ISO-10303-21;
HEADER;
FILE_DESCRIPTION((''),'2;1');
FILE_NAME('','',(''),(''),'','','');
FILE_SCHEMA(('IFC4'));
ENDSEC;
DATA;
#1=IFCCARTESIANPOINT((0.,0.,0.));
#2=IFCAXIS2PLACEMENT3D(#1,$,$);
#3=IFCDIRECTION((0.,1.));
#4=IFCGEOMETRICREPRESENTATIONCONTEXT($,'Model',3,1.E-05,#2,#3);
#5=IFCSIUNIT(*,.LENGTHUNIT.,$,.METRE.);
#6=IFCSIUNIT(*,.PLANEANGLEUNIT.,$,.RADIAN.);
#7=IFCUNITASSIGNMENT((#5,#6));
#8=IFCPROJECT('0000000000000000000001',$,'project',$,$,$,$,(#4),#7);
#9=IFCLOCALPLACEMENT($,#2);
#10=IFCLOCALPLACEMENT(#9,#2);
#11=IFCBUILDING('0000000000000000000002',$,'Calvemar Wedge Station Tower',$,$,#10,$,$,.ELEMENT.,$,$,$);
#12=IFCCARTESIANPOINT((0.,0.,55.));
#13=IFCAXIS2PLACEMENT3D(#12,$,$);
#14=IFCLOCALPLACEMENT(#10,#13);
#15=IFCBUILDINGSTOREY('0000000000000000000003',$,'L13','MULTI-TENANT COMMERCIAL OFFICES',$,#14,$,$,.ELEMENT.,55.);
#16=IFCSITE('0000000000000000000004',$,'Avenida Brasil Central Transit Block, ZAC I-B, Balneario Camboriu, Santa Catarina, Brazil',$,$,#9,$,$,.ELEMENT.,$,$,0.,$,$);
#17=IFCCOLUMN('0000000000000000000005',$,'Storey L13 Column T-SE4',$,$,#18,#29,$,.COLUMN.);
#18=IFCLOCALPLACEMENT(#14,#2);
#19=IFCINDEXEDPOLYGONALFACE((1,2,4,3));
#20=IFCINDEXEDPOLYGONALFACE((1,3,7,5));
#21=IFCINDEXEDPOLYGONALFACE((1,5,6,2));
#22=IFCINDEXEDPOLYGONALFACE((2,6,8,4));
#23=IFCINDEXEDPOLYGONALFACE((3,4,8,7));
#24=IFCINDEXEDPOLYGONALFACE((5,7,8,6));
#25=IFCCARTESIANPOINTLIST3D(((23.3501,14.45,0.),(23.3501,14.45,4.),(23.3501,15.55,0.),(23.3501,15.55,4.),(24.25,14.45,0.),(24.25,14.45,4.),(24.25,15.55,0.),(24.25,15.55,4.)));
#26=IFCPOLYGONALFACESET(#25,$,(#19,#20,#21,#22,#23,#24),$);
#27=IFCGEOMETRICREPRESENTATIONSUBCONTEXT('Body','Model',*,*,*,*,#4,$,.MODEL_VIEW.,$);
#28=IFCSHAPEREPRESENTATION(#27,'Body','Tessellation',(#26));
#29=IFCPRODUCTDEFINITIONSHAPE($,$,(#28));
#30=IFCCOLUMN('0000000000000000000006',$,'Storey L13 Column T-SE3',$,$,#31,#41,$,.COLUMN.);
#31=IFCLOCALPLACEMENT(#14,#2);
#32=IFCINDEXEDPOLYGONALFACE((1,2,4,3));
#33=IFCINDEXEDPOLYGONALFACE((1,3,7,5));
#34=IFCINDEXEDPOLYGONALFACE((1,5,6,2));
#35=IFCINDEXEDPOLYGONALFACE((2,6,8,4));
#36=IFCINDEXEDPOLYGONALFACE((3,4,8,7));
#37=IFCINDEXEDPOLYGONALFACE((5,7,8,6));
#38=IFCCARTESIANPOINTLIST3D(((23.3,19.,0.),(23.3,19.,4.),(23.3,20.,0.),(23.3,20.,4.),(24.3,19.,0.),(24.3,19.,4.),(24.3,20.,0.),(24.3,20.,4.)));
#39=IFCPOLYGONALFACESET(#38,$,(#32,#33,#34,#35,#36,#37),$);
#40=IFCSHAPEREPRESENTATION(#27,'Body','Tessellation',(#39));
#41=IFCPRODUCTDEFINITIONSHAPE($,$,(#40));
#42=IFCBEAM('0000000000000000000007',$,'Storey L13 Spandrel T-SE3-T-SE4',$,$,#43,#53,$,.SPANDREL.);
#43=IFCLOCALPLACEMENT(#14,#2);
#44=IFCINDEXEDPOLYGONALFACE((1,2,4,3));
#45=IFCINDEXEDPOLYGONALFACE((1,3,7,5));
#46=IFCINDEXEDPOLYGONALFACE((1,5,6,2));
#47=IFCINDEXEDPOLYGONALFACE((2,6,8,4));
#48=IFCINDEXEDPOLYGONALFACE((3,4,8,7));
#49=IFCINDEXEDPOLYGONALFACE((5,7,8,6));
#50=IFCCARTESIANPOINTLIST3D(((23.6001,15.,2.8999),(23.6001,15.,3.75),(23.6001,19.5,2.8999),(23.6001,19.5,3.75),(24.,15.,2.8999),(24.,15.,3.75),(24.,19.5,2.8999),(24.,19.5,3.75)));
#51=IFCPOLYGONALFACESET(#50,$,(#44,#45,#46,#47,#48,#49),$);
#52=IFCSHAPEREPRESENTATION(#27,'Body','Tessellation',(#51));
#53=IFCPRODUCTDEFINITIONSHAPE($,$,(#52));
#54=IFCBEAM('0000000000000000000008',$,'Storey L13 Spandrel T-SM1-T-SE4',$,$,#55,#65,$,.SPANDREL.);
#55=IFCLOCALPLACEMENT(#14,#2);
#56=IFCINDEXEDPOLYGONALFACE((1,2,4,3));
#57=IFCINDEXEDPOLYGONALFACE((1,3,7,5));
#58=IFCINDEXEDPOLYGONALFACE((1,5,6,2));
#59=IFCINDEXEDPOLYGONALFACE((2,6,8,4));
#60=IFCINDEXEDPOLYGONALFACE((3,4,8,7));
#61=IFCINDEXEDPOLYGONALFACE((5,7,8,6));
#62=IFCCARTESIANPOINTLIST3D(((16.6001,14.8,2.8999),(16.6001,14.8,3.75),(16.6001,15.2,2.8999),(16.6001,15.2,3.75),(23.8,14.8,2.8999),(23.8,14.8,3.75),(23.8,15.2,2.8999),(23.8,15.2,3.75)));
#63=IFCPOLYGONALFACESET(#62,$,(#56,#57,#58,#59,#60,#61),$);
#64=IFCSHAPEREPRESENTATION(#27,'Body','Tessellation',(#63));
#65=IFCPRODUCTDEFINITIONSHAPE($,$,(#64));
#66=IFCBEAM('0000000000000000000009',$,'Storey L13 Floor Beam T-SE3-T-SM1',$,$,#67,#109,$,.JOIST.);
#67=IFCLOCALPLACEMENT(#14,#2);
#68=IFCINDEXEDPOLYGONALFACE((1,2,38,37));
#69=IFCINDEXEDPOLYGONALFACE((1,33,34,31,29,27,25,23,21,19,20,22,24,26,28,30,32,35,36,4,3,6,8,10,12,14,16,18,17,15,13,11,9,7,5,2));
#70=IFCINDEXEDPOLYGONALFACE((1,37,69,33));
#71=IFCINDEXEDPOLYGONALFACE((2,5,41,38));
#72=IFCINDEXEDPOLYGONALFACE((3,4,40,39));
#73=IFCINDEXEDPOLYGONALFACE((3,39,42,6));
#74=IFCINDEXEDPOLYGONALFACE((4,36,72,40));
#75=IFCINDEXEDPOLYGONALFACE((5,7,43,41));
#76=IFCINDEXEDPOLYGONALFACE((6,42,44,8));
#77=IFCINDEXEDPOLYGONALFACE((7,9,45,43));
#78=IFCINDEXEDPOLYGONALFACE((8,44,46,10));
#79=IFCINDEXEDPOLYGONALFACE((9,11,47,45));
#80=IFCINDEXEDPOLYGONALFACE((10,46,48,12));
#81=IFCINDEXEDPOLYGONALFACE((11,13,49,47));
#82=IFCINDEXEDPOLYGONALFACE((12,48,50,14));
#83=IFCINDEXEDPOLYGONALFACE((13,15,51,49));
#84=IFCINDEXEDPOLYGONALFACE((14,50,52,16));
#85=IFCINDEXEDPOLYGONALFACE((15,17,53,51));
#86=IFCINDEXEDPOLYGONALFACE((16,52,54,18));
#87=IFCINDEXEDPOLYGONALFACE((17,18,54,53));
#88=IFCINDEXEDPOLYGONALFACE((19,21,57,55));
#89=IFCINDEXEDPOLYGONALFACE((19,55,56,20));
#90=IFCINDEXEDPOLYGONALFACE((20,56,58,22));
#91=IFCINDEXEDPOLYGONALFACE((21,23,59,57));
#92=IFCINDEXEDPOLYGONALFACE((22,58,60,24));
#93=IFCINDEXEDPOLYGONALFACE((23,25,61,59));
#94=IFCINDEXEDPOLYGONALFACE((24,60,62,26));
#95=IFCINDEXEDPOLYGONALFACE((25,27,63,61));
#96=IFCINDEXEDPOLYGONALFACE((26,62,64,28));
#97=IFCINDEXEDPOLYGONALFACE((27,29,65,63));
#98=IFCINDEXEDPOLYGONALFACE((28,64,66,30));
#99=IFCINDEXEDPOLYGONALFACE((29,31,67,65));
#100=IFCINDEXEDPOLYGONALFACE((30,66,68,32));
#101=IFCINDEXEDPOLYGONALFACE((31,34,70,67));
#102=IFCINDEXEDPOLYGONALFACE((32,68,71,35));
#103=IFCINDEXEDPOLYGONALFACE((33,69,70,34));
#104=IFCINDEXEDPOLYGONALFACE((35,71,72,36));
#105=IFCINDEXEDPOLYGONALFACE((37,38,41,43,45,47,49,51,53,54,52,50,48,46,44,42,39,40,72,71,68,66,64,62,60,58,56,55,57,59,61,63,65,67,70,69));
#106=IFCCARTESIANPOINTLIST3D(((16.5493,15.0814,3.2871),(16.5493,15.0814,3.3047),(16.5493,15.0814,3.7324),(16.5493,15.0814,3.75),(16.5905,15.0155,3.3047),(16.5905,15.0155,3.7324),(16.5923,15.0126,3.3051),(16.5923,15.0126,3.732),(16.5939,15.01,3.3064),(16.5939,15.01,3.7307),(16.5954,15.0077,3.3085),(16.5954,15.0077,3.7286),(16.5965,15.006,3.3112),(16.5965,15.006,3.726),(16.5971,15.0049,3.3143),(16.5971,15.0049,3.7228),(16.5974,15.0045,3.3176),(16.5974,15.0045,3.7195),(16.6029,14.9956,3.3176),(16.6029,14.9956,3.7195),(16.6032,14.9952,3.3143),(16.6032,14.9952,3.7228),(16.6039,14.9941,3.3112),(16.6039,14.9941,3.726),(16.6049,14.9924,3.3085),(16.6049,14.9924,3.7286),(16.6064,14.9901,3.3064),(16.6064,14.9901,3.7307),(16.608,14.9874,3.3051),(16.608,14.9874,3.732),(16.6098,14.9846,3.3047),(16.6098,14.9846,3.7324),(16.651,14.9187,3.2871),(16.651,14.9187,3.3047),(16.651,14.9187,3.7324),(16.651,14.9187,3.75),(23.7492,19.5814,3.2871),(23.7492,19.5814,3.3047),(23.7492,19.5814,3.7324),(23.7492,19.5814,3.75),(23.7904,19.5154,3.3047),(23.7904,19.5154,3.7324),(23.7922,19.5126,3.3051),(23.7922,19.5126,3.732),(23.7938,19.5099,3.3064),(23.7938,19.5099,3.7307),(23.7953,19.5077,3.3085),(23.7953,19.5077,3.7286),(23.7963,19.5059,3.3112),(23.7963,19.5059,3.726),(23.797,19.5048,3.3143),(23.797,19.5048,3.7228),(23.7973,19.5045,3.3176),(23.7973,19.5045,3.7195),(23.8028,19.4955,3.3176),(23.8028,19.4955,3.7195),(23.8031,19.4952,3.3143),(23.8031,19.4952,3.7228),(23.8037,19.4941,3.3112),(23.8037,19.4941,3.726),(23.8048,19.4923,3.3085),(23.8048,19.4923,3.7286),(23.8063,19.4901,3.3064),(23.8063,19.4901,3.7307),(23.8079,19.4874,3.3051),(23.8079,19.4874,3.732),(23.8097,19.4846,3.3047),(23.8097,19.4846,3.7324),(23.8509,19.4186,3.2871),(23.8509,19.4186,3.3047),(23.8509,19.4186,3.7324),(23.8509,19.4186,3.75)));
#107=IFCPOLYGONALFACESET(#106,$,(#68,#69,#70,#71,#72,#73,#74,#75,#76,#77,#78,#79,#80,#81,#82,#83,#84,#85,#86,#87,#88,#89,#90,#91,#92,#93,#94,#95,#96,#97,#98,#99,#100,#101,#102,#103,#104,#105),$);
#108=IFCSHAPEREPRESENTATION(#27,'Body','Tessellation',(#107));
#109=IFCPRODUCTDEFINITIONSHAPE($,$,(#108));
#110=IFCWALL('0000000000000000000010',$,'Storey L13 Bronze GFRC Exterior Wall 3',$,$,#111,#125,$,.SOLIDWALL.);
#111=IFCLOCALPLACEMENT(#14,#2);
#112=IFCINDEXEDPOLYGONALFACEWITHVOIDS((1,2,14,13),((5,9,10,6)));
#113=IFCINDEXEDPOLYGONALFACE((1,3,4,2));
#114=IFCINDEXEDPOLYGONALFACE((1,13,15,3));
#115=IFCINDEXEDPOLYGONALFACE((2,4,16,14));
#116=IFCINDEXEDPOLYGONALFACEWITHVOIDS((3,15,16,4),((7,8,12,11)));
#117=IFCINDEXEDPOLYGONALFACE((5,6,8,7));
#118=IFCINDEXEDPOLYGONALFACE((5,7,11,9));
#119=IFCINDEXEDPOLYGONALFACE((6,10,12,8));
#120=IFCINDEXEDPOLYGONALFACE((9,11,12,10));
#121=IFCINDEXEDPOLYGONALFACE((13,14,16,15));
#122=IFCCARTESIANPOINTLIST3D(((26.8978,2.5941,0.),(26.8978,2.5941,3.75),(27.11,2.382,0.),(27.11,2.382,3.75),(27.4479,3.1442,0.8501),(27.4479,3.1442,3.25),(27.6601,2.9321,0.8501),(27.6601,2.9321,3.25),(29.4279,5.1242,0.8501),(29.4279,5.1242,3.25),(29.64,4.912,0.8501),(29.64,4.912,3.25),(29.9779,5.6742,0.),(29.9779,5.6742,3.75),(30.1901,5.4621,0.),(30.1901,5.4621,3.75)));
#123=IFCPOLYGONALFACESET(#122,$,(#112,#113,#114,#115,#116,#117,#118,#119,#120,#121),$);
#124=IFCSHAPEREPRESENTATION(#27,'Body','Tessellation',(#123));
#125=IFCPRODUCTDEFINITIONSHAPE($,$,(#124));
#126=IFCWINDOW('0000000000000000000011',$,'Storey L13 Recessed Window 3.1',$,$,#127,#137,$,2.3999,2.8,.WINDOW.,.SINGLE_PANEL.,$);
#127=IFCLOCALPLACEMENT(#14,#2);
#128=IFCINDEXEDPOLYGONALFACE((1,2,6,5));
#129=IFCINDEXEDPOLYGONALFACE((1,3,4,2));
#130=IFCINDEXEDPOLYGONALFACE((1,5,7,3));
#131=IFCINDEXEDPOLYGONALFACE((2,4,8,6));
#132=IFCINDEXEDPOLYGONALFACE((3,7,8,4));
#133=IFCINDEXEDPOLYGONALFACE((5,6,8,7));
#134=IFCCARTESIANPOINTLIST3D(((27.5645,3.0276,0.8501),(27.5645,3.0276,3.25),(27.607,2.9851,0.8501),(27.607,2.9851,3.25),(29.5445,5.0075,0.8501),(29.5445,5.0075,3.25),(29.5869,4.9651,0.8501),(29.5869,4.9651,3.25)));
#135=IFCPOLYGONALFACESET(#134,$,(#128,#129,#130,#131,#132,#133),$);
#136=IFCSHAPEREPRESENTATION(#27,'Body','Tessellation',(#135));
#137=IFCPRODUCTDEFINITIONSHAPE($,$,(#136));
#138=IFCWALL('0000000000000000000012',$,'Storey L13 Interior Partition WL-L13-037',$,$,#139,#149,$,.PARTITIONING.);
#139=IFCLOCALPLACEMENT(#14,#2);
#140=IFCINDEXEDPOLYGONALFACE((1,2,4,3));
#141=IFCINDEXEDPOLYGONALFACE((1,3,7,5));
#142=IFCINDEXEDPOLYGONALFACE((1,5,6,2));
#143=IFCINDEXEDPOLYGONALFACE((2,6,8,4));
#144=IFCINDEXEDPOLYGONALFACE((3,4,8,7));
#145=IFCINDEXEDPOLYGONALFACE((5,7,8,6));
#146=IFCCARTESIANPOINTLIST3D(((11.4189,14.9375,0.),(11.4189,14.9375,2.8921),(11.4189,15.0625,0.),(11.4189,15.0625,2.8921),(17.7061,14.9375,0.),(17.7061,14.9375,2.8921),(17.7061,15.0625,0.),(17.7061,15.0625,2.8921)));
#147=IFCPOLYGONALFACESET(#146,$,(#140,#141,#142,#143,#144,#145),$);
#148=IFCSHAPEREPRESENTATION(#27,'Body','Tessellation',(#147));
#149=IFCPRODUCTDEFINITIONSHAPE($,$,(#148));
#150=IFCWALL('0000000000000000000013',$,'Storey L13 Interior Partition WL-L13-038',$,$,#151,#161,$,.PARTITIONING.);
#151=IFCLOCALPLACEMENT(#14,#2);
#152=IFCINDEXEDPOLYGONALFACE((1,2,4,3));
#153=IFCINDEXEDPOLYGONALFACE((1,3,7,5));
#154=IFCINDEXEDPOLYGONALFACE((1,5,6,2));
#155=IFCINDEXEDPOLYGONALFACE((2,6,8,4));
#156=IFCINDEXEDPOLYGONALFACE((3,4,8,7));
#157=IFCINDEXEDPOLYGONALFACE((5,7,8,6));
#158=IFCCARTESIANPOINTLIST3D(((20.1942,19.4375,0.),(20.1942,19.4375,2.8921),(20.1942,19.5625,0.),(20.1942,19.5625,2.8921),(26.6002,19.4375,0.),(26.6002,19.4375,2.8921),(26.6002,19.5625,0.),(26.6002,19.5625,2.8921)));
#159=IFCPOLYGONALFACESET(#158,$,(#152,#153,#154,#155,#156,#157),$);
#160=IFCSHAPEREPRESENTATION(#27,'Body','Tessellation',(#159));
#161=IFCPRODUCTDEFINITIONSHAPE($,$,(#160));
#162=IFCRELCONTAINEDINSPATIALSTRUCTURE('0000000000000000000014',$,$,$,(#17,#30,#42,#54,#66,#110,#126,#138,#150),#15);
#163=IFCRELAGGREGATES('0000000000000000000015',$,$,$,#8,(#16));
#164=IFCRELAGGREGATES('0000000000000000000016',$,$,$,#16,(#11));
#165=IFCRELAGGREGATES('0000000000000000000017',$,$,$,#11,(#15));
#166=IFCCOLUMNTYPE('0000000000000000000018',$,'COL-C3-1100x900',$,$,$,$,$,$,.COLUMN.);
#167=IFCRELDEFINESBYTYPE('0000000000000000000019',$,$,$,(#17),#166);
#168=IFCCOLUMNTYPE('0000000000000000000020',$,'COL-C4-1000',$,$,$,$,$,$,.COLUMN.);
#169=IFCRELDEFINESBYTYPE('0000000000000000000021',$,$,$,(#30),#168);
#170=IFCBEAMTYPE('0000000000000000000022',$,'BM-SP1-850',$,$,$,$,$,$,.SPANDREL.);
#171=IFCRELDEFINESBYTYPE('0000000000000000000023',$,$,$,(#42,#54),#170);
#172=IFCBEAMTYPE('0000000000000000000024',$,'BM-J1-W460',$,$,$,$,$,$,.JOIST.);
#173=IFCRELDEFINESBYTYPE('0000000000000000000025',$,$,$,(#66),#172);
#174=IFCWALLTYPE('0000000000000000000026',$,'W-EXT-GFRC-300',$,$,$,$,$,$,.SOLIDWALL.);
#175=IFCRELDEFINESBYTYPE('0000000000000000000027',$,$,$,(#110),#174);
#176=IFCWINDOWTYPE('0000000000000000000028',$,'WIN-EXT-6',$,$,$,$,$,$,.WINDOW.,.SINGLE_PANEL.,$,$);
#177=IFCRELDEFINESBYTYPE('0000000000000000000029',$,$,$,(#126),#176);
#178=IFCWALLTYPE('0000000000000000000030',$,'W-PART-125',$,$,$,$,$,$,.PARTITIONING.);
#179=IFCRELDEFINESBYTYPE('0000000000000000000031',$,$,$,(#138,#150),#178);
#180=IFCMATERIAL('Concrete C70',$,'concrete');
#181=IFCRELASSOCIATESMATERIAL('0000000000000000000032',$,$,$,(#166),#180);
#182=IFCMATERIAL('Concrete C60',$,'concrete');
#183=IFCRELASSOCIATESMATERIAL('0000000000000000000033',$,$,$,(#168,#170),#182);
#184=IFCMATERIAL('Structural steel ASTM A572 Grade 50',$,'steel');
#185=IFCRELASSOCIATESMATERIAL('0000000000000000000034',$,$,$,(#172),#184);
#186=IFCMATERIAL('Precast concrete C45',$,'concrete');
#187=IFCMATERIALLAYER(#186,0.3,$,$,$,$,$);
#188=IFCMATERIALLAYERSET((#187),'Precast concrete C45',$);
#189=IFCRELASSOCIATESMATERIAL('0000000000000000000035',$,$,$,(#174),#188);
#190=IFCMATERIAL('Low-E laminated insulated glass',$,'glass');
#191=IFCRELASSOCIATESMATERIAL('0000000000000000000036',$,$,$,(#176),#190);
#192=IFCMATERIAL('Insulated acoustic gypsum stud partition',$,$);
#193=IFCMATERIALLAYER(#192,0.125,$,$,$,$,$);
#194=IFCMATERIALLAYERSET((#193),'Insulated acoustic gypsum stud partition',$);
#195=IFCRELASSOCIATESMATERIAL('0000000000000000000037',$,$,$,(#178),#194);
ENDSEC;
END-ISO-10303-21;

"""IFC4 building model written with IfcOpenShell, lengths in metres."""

from ifc_helpers import new_model, si_unit, direction, frame, frame_2d, origin, origin_2d, place, context, subcontext, project, spatial, rectangle, i_section, extrude, source, transform, mapped, material, layer, layer_set, material_profile, profile_set, type_object, element, fill, save


model = new_model("IFC4")

# Units and contexts
model_context = context("Model", 3, precision=1e-05, world=origin(), true_north=direction((0.0, 1.0)))
body_context = subcontext(model_context, "Body", "Model", "MODEL_VIEW")
ifc_project = project(units=[si_unit("LENGTHUNIT", "METRE"), si_unit("PLANEANGLEUNIT", "RADIAN")], contexts=[model_context])

# Site, building, storey
site_placement = place(None, origin())
site = spatial("IfcSite", under=ifc_project, at=site_placement, Name="Avenida Brasil Central Transit Block, ZAC I-B, Balneario Camboriu, Santa Catarina, Brazil", CompositionType="ELEMENT", RefElevation=0.0)
building_placement = place(site_placement, origin())
building = spatial("IfcBuilding", under=site, at=building_placement, Name="Calvemar Wedge Station Tower", CompositionType="ELEMENT")
storey_placement = place(building_placement, frame((0.0, 0.0, 55.0)))
storey = spatial("IfcBuildingStorey", under=building, at=storey_placement, Name="L13", Description="MULTI-TENANT COMMERCIAL OFFICES", CompositionType="ELEMENT", Elevation=55.0)

# Columns
ifc_material_1 = material(Name="Concrete C70", Category="concrete")
ifc_material_profile_1 = material_profile(ifc_material_1, rectangle(XDim=0.8999, YDim=1.1001, at=origin_2d()), Name="RC1100x900")
ifc_profile_set_1 = profile_set([ifc_material_profile_1], Name="Concrete C70")
column_type_1 = type_object("IfcColumnType", Name="COL-C3-1100x900", PredefinedType="COLUMN", material=ifc_profile_set_1)
shared_shape_1 = source(origin(), body_context, "Body", "SweptSolid", [
    extrude(rectangle(XDim=0.8999, YDim=1.1001, at=origin_2d()), origin(), (0.0, 0.0, 1.0), 4.0),
])
column_1_placement = place(storey_placement, frame((23.8, 15.0, 0.0), z_axis=(0.0, 0.0, 1.0), x_axis=(1.0, 0.0, 0.0)))
element("IfcColumn", 1, at=column_1_placement, inside=storey, type_object=column_type_1, Name="Storey L13 Column T-SE4", PredefinedType="COLUMN", context=body_context, shape_type="MappedRepresentation", body=[
    mapped(shared_shape_1, transform((0.0, 0.0, 0.0), scale=1.0)),
])
ifc_material_2 = material(Name="Concrete C60", Category="concrete")
ifc_material_profile_2 = material_profile(ifc_material_2, rectangle(XDim=1.0, YDim=1.0, at=origin_2d()), Name="RC1000x1000")
ifc_profile_set_2 = profile_set([ifc_material_profile_2], Name="Concrete C60")
column_type_2 = type_object("IfcColumnType", Name="COL-C4-1000", PredefinedType="COLUMN", material=ifc_profile_set_2)
shared_shape_2 = source(origin(), body_context, "Body", "SweptSolid", [
    extrude(rectangle(XDim=1.0, YDim=1.0, at=origin_2d()), origin(), (0.0, 0.0, 1.0), 4.0),
])
column_2_placement = place(storey_placement, frame((23.8, 19.5, 0.0), z_axis=(0.0, 0.0, 1.0), x_axis=(1.0, 0.0, 0.0)))
element("IfcColumn", 2, at=column_2_placement, inside=storey, type_object=column_type_2, Name="Storey L13 Column T-SE3", PredefinedType="COLUMN", context=body_context, shape_type="MappedRepresentation", body=[
    mapped(shared_shape_2, transform((0.0, 0.0, 0.0), scale=1.0)),
])

# Beams
ifc_material_profile_3 = material_profile(ifc_material_2, rectangle(XDim=0.3999, YDim=0.8501, at=origin_2d()), Name="RC400x850")
ifc_profile_set_3 = profile_set([ifc_material_profile_3], Name="Concrete C60")
beam_type_1 = type_object("IfcBeamType", Name="BM-SP1-850", PredefinedType="SPANDREL", material=ifc_profile_set_3)
shared_shape_3 = source(origin(), body_context, "Body", "SweptSolid", [
    extrude(rectangle(XDim=0.3999, YDim=0.8501, at=origin_2d()), origin(), (0.0, 0.0, 1.0), 4.5),
])
beam_1_placement = place(storey_placement, frame((23.8, 19.5, 3.325), z_axis=(0.0, -1.0, 0.0), x_axis=(1.0, 0.0, 0.0)))
element("IfcBeam", 3, at=beam_1_placement, inside=storey, type_object=beam_type_1, Name="Storey L13 Spandrel T-SE3-T-SE4", PredefinedType="SPANDREL", context=body_context, shape_type="MappedRepresentation", body=[
    mapped(shared_shape_3, transform((0.0, 0.0, 0.0), scale=1.0)),
])
shared_shape_4 = source(origin(), body_context, "Body", "SweptSolid", [
    extrude(rectangle(XDim=0.3999, YDim=0.8501, at=origin_2d()), origin(), (0.0, 0.0, 1.0), 7.2),
])
beam_2_placement = place(storey_placement, frame((16.6001, 15.0, 3.325), z_axis=(1.0, 0.0, 0.0), x_axis=(0.0, 1.0, 0.0)))
element("IfcBeam", 4, at=beam_2_placement, inside=storey, type_object=beam_type_1, Name="Storey L13 Spandrel T-SM1-T-SE4", PredefinedType="SPANDREL", context=body_context, shape_type="MappedRepresentation", body=[
    mapped(shared_shape_4, transform((0.0, 0.0, 0.0), scale=1.0)),
])
ifc_material_3 = material(Name="Structural steel ASTM A572 Grade 50", Category="steel")
ifc_material_profile_4 = material_profile(ifc_material_3, i_section(OverallWidth=0.1919, OverallDepth=0.4629, WebThickness=0.0105, FlangeThickness=0.0176, FilletRadius=0.0129, at=origin_2d()), Name="W460x89")
ifc_profile_set_4 = profile_set([ifc_material_profile_4], Name="Structural steel ASTM A572 Grade 50")
beam_type_2 = type_object("IfcBeamType", Name="BM-J1-W460", PredefinedType="JOIST", material=ifc_profile_set_4)
shared_shape_5 = source(origin(), body_context, "Body", "SweptSolid", [
    extrude(i_section(OverallWidth=0.1919, OverallDepth=0.4629, WebThickness=0.0105, FlangeThickness=0.0176, FilletRadius=0.0129, at=origin_2d()), origin(), (0.0, 0.0, 1.0), 8.4905),
])
beam_3_placement = place(storey_placement, frame((23.8, 19.5, 3.5186), z_axis=(-0.847997, -0.530002, 0.0), x_axis=(0.530002, -0.847997, 0.0)))
element("IfcBeam", 5, at=beam_3_placement, inside=storey, type_object=beam_type_2, Name="Storey L13 Floor Beam T-SE3-T-SM1", PredefinedType="JOIST", context=body_context, shape_type="MappedRepresentation", body=[
    mapped(shared_shape_5, transform((0.0, 0.0, 0.0), scale=1.0)),
])

# Wall, opening, window
ifc_material_4 = material(Name="Precast concrete C45", Category="concrete")
ifc_layer_1 = layer(ifc_material_4, 0.3)
ifc_layer_set_1 = layer_set([ifc_layer_1], Name="Precast concrete C45")
wall_type_1 = type_object("IfcWallType", Name="W-EXT-GFRC-300", PredefinedType="SOLIDWALL", material=ifc_layer_set_1)
wall_1_placement = place(storey_placement, frame((27.0039, 2.488, 0.0), z_axis=(0.0, 0.0, 1.0), x_axis=(0.707107, 0.707107, 0.0)))
wall_1 = element("IfcWall", 6, at=wall_1_placement, inside=storey, type_object=wall_type_1, Name="Storey L13 Bronze GFRC Exterior Wall 3", PredefinedType="SOLIDWALL", context=body_context, shape_type="SweptSolid", body=[
    extrude(rectangle(XDim=4.356, YDim=0.3, at=frame_2d((2.178, 0.0))), origin(), (0.0, 0.0, 1.0), 3.75),
])
shared_shape_6 = source(origin(), body_context, "Body", "SweptSolid", [
    extrude(rectangle(XDim=2.8, YDim=2.3999, at=frame_2d((1.3999, 1.2))), frame((0.0, 0.1602, 0.0), z_axis=(0.0, -1.0, 0.0), x_axis=(1.0, 0.0, 0.0)), (0.0, 0.0, 1.0), 0.3201),
])
opening_1_placement = place(wall_1_placement, frame((0.7781, 0.0, 0.8501)))
opening_1 = element("IfcOpeningElement", 7, at=opening_1_placement, cuts=wall_1, PredefinedType="OPENING", context=body_context, shape_type="MappedRepresentation", body=[
    mapped(shared_shape_6, transform((0.0, 0.0, 0.0), scale=1.0)),
])
ifc_material_5 = material(Name="Low-E laminated insulated glass", Category="glass")
window_type = type_object("IfcWindowType", Name="WIN-EXT-6", PartitioningType="SINGLE_PANEL", PredefinedType="WINDOW", material=ifc_material_5)
shared_shape_7 = source(origin(), body_context, "Body", "SweptSolid", [
    extrude(rectangle(XDim=2.8, YDim=2.3999, at=frame_2d((1.3999, 1.2))), frame((0.0, -0.0149, 0.0), z_axis=(0.0, -1.0, 0.0), x_axis=(1.0, 0.0, 0.0)), (0.0, 0.0, 1.0), 0.0601),
])
window_placement = place(opening_1_placement, origin())
window = element("IfcWindow", 8, at=window_placement, inside=storey, type_object=window_type, Name="Storey L13 Recessed Window 3.1", OverallHeight=2.3999, OverallWidth=2.8, PartitioningType="SINGLE_PANEL", PredefinedType="WINDOW", context=body_context, shape_type="MappedRepresentation", body=[
    mapped(shared_shape_7, transform((0.0, 0.0, 0.0), scale=1.0)),
])
fill(opening_1, window)

# Walls
ifc_material_6 = material(Name="Insulated acoustic gypsum stud partition")
ifc_layer_2 = layer(ifc_material_6, 0.125)
ifc_layer_set_2 = layer_set([ifc_layer_2], Name="Insulated acoustic gypsum stud partition")
wall_type_2 = type_object("IfcWallType", Name="W-PART-125", PredefinedType="PARTITIONING", material=ifc_layer_set_2)
wall_2_placement = place(storey_placement, frame((17.7061, 15.0, 0.0), z_axis=(0.0, 0.0, 1.0), x_axis=(-1.0, 0.0, 0.0)))
element("IfcWall", 9, at=wall_2_placement, inside=storey, type_object=wall_type_2, Name="Storey L13 Interior Partition WL-L13-037", PredefinedType="PARTITIONING", context=body_context, shape_type="SweptSolid", body=[
    extrude(rectangle(XDim=6.2871, YDim=0.125, at=frame_2d((3.1436, 0.0))), origin(), (0.0, 0.0, 1.0), 2.8921),
])
for number, where, z_axis, x_axis, name in (
    (10, (20.1941, 19.5, 0.0), (0.0, 0.0, 1.0), (1.0, 0.0, 0.0), "Storey L13 Interior Partition WL-L13-038"),
):
    element("IfcWall", number, at=place(storey_placement, frame(where, z_axis=z_axis, x_axis=x_axis)), inside=storey, type_object=wall_type_2, Name=name, PredefinedType="PARTITIONING", context=body_context, shape_type="SweptSolid", body=[
        extrude(rectangle(XDim=6.406, YDim=0.125, at=frame_2d((3.2031, 0.0))), origin(), (0.0, 0.0, 1.0), 2.8921),
    ])

save(model, "model.ifc")
